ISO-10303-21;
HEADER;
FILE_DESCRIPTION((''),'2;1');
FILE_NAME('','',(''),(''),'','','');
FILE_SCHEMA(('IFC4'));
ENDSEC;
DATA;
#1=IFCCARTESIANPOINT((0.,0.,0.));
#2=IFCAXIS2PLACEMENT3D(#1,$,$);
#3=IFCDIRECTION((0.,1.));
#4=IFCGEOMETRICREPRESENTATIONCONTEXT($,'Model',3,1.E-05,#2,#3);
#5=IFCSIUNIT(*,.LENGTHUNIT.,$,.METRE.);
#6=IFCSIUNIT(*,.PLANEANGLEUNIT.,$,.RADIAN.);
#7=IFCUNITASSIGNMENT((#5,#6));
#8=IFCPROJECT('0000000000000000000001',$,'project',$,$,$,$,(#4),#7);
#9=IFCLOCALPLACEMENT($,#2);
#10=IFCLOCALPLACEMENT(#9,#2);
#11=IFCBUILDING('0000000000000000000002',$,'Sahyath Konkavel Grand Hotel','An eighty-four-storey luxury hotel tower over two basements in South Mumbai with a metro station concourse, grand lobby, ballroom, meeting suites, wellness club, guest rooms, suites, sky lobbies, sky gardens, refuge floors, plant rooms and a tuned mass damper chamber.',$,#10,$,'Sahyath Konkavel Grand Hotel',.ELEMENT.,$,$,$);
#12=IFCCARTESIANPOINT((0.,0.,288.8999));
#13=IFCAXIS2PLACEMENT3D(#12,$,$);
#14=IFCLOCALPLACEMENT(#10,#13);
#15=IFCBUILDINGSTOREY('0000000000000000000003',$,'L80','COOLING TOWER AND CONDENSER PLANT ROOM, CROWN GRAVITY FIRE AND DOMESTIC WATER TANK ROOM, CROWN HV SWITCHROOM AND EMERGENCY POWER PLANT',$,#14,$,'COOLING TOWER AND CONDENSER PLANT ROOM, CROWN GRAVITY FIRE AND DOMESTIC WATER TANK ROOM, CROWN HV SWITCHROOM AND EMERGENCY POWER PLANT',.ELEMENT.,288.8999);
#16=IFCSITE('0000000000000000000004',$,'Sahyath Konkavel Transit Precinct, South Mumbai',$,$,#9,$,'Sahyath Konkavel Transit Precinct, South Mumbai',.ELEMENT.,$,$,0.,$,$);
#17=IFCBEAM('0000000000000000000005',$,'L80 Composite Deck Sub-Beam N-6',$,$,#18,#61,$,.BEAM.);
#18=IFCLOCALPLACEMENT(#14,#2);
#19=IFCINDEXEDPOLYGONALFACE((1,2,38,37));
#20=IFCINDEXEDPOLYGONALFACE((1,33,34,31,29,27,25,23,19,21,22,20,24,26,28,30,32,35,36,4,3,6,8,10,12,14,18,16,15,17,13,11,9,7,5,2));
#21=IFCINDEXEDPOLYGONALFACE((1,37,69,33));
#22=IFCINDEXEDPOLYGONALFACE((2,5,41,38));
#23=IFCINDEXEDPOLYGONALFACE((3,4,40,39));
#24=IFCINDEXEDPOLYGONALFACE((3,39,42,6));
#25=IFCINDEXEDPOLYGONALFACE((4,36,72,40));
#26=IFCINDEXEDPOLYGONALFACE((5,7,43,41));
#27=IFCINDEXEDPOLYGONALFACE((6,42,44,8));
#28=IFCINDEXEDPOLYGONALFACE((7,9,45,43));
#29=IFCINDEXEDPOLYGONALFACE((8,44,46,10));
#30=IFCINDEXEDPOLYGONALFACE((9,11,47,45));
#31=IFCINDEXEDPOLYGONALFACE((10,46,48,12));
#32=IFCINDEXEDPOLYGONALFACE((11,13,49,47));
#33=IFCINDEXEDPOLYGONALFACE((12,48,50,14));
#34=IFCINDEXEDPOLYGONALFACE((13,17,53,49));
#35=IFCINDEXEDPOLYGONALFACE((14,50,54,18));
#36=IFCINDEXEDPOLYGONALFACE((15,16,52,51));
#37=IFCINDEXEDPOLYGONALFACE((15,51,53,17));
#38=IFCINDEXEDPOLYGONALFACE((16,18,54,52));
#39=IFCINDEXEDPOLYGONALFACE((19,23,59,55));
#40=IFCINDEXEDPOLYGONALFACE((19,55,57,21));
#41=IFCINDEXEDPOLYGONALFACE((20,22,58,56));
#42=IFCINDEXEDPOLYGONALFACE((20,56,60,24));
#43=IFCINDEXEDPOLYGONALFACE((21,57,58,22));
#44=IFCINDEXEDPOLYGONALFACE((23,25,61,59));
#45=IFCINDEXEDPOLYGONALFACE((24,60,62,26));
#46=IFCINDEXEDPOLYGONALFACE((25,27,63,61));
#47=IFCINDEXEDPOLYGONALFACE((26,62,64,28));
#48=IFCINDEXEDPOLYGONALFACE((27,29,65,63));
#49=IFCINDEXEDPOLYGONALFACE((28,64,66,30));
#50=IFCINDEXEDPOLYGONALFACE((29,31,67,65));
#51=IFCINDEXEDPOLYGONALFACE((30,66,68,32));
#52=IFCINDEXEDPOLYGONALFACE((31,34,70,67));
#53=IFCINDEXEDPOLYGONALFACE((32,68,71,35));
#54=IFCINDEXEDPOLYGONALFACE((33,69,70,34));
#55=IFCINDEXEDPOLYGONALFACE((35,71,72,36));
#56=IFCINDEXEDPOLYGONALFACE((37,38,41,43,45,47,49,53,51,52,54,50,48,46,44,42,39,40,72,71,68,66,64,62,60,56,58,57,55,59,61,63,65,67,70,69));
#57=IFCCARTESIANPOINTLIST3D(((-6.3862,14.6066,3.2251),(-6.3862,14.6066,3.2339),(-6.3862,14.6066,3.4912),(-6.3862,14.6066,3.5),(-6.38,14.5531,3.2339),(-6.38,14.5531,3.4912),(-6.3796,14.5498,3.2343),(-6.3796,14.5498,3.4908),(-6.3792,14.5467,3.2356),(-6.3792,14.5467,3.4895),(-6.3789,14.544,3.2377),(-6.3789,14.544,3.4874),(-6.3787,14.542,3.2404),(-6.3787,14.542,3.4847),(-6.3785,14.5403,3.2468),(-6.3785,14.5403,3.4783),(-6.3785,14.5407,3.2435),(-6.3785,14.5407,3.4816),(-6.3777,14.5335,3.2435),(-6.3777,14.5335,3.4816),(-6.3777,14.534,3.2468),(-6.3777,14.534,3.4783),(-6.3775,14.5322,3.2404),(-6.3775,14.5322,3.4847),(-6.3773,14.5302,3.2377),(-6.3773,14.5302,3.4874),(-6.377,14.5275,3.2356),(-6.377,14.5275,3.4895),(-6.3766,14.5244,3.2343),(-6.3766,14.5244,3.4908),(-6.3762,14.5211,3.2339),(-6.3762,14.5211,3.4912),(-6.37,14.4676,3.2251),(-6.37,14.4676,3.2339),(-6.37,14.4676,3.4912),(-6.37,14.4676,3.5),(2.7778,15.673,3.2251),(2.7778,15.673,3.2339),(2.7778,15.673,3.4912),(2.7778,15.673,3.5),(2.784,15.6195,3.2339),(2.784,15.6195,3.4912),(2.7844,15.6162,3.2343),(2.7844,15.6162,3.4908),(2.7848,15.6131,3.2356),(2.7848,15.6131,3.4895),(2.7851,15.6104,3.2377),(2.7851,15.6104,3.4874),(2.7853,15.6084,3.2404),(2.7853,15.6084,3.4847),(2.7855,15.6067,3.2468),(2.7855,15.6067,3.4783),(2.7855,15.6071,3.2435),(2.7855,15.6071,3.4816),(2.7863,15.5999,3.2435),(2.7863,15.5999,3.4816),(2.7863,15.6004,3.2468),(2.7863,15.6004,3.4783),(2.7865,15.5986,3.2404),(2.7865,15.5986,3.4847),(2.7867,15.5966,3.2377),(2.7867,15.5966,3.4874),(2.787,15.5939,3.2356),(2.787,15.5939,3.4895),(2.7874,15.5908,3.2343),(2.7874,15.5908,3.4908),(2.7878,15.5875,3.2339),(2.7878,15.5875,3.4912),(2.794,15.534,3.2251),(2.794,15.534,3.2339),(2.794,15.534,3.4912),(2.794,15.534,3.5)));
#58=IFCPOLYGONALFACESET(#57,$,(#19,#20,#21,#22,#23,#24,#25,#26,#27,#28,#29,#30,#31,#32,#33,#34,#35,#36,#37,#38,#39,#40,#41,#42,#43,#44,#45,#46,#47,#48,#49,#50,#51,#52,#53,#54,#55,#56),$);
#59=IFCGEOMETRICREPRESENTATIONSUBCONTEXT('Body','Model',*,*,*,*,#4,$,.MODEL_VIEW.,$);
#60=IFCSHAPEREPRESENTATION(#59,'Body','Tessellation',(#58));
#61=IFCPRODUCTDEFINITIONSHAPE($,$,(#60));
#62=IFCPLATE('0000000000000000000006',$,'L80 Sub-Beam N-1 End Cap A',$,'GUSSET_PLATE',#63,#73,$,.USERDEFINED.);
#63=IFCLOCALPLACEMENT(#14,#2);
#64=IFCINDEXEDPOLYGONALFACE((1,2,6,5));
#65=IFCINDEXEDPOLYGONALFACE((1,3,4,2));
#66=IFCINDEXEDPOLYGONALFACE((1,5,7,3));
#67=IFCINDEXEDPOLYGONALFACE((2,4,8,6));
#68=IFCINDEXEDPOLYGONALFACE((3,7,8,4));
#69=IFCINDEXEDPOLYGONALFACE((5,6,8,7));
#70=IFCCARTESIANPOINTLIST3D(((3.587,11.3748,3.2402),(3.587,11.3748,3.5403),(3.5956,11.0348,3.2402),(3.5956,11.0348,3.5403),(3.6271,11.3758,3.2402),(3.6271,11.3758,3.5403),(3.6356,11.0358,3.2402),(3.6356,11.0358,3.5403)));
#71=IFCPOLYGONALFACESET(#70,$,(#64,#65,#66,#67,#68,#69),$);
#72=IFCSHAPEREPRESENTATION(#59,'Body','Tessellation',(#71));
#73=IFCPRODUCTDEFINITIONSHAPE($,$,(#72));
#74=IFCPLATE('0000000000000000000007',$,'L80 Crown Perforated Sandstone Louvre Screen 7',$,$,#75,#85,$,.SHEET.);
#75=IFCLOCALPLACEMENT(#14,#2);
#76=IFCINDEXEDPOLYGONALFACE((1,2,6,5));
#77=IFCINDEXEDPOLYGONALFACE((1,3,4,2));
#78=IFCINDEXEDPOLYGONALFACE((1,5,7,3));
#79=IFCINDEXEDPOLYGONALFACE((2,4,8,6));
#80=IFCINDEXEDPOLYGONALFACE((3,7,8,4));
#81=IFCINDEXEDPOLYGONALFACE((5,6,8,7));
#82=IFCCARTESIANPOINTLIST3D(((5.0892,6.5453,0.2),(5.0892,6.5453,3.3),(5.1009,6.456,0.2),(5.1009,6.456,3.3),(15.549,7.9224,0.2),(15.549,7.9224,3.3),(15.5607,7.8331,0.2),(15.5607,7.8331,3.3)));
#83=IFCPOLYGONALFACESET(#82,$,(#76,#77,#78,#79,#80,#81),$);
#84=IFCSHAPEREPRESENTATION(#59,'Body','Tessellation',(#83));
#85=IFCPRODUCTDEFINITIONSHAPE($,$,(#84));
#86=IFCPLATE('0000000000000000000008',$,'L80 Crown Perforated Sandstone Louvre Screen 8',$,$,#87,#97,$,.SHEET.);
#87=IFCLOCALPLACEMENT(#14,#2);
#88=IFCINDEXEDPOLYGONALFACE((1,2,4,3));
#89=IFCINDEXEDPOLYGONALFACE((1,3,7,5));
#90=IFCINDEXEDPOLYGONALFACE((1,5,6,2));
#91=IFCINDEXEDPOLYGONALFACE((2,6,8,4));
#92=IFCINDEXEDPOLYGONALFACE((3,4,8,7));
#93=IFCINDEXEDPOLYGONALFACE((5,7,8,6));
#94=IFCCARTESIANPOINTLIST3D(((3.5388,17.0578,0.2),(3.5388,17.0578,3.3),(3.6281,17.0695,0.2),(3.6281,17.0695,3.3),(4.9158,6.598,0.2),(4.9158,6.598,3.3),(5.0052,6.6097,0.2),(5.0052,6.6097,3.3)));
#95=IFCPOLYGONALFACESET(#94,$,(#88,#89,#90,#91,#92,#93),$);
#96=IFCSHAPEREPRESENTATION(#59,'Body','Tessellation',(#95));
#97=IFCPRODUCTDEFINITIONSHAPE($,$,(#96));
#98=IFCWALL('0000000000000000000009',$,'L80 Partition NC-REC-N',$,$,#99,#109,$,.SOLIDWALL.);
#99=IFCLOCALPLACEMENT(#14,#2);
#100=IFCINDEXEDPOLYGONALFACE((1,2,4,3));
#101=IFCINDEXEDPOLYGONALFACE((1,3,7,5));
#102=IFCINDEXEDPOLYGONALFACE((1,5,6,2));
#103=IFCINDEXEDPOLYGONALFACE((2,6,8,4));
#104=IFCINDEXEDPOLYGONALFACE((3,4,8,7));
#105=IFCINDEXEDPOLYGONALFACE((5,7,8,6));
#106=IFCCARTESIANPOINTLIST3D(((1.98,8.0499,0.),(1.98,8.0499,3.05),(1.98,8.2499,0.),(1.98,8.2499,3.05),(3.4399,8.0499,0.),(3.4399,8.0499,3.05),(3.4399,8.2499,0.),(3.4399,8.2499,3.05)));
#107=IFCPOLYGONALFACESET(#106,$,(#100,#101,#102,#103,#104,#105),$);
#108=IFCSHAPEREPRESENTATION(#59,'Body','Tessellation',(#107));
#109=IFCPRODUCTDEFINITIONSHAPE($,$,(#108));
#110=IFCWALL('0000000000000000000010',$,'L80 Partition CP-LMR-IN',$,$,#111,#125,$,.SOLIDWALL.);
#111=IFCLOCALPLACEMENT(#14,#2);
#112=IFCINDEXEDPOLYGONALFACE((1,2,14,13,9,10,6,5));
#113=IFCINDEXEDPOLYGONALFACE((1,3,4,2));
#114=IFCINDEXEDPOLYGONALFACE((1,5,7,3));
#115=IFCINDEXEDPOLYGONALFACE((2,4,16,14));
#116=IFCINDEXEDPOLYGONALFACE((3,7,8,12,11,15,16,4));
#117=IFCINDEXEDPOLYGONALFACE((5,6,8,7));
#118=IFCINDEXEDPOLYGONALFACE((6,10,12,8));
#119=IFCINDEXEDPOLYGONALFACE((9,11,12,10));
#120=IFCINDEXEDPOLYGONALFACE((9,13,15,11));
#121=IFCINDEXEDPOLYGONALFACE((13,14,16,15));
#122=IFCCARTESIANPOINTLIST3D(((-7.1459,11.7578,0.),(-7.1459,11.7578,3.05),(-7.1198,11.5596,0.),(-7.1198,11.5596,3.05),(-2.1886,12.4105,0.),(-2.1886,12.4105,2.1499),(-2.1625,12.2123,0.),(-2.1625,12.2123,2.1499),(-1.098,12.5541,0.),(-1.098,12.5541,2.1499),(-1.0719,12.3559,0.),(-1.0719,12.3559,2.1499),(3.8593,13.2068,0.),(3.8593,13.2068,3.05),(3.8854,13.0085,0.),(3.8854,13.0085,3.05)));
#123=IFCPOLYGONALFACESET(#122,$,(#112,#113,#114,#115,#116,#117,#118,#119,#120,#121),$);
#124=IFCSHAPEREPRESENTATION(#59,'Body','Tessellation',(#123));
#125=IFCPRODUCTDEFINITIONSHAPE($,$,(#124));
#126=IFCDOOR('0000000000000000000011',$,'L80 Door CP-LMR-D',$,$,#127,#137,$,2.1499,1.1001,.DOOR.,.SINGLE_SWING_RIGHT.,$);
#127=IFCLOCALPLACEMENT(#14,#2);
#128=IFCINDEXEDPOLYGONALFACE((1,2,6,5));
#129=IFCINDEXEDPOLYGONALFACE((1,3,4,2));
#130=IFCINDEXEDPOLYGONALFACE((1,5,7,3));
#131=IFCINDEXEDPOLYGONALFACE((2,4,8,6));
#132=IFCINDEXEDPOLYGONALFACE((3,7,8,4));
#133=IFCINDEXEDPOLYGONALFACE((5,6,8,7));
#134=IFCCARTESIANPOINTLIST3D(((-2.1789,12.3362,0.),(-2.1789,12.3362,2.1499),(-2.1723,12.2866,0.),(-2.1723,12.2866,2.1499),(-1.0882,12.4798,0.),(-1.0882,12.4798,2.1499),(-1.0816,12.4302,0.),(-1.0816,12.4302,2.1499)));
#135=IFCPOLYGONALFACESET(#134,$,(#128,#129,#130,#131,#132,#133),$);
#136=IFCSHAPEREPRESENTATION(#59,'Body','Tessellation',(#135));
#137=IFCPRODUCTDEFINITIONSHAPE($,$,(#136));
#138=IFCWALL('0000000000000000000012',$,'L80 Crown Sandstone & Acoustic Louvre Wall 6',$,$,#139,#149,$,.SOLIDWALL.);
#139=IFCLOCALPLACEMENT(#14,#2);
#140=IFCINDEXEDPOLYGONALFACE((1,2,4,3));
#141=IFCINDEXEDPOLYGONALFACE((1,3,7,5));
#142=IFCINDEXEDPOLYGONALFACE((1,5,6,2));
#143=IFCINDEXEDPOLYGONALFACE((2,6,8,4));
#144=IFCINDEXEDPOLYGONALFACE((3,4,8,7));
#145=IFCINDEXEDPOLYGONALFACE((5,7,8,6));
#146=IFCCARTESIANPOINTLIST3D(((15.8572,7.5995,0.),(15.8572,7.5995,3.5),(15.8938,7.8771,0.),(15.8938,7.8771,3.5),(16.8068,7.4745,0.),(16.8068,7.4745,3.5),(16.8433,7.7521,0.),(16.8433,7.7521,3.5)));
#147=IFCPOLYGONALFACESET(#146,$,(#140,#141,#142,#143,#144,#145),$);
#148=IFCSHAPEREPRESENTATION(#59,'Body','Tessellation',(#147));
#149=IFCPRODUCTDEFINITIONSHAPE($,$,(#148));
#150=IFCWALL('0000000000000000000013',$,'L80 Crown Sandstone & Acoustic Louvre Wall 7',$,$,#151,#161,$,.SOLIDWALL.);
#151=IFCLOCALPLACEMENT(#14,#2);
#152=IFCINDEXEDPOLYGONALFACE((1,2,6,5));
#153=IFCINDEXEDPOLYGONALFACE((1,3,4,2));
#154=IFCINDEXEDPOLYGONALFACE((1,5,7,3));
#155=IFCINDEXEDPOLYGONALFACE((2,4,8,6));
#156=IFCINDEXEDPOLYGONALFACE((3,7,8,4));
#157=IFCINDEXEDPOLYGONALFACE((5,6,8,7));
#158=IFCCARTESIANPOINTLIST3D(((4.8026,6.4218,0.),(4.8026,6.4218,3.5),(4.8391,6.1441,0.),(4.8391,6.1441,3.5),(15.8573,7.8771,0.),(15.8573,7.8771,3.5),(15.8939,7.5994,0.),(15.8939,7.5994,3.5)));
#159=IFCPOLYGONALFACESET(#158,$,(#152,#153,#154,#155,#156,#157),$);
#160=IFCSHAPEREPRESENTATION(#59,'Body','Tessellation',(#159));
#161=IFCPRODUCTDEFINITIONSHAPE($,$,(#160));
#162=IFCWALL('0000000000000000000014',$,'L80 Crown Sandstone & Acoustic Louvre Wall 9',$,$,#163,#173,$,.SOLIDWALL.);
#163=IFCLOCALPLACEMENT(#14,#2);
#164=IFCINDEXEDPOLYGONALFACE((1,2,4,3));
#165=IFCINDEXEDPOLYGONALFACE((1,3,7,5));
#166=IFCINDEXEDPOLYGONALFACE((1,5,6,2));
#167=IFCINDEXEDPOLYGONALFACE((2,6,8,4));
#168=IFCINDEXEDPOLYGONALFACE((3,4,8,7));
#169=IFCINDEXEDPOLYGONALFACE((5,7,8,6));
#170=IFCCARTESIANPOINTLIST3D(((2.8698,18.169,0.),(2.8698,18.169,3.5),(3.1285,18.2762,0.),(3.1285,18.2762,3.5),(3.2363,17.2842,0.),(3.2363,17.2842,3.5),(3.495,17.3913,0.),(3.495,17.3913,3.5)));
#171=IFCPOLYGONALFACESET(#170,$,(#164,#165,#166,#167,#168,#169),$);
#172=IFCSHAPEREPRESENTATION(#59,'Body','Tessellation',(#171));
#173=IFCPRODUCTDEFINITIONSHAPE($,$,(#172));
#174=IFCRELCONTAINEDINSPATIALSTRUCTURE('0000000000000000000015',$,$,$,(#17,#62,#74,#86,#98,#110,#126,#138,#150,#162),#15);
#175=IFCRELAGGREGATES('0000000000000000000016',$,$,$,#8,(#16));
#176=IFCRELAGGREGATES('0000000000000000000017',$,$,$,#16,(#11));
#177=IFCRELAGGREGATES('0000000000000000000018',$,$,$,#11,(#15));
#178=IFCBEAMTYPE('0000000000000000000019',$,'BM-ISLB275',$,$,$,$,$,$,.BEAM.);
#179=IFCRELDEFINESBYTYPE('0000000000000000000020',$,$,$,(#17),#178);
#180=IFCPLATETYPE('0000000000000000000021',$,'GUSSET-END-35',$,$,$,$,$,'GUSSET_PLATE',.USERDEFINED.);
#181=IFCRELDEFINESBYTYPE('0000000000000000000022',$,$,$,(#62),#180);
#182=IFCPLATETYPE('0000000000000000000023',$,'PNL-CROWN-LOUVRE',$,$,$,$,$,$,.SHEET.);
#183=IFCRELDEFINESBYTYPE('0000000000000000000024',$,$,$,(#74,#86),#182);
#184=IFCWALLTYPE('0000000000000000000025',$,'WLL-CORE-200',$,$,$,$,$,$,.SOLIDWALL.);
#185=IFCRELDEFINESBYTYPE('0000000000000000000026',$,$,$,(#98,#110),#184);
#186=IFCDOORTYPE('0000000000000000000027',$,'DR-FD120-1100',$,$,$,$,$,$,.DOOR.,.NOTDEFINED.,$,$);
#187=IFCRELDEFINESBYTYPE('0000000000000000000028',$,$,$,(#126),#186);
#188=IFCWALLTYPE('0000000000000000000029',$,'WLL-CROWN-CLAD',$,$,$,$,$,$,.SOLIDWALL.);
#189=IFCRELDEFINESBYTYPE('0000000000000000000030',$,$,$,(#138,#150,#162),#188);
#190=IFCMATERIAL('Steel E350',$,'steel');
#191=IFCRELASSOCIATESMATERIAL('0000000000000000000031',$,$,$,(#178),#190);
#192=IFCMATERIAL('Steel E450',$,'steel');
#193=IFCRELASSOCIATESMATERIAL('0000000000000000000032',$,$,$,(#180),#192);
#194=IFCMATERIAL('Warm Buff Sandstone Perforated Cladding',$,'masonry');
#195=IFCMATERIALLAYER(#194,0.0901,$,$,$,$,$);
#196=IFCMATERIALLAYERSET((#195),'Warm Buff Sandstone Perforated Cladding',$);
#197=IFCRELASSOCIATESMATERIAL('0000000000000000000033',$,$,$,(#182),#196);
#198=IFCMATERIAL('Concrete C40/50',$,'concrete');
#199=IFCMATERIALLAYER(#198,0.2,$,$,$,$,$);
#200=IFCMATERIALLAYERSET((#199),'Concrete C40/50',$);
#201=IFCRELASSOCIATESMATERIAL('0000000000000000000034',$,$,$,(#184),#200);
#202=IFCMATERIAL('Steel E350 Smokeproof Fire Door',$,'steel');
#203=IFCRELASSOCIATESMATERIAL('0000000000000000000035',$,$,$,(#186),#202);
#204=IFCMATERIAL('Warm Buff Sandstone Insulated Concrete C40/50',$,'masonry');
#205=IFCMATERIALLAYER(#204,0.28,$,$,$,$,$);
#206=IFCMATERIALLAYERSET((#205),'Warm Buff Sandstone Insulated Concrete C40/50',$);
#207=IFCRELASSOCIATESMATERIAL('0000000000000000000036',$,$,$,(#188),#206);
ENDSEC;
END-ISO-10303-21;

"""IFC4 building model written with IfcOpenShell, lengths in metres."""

from ifc_helpers import new_model, si_unit, direction, frame, frame_2d, origin, origin_2d, place, context, subcontext, project, spatial, rectangle, i_section, extrude, source, transform, mapped, material, layer, layer_set, material_profile, profile_set, type_object, element, fill, save


model = new_model("IFC4")

# Units and contexts
model_context = context("Model", 3, precision=1e-05, world=origin(), true_north=direction((0.0, 1.0)))
body_context = subcontext(model_context, "Body", "Model", "MODEL_VIEW")
ifc_project = project(units=[si_unit("LENGTHUNIT", "METRE"), si_unit("PLANEANGLEUNIT", "RADIAN")], contexts=[model_context])

# Site, building, storey
site_placement = place(None, origin())
site = spatial("IfcSite", under=ifc_project, at=site_placement, Name="Sahyath Konkavel Transit Precinct, South Mumbai", LongName="Sahyath Konkavel Transit Precinct, South Mumbai", CompositionType="ELEMENT", RefElevation=0.0)
building_placement = place(site_placement, origin())
building = spatial("IfcBuilding", under=site, at=building_placement, Name="Sahyath Konkavel Grand Hotel", Description="An eighty-four-storey luxury hotel tower over two basements in South Mumbai with a metro station concourse, grand lobby, ballroom, meeting suites, wellness club, guest rooms, suites, sky lobbies, sky gardens, refuge floors, plant rooms and a tuned mass damper chamber.", LongName="Sahyath Konkavel Grand Hotel", CompositionType="ELEMENT")
storey_placement = place(building_placement, frame((0.0, 0.0, 288.8999)))
storey = spatial("IfcBuildingStorey", under=building, at=storey_placement, Name="L80", Description="COOLING TOWER AND CONDENSER PLANT ROOM, CROWN GRAVITY FIRE AND DOMESTIC WATER TANK ROOM, CROWN HV SWITCHROOM AND EMERGENCY POWER PLANT", LongName="COOLING TOWER AND CONDENSER PLANT ROOM, CROWN GRAVITY FIRE AND DOMESTIC WATER TANK ROOM, CROWN HV SWITCHROOM AND EMERGENCY POWER PLANT", CompositionType="ELEMENT", Elevation=288.8999)

# Shared definitions
ifc_material_1 = material(Name="Concrete C40/50", Category="concrete")

# Beam
ifc_material_2 = material(Name="Steel E350", Category="steel")
ifc_material_profile_1 = material_profile(ifc_material_2, i_section(OverallWidth=0.1399, OverallDepth=0.2749, WebThickness=0.0063, FlangeThickness=0.0088, FilletRadius=0.0129, at=origin_2d()), Name="ISLB 275")
ifc_profile_set_1 = profile_set([ifc_material_profile_1], Name="Steel E350")
beam_type_1 = type_object("IfcBeamType", Name="BM-ISLB275", PredefinedType="BEAM", material=ifc_profile_set_1)
shared_shape_1 = source(origin(), body_context, "Body", "SweptSolid", [
    extrude(i_section(OverallWidth=0.1399, OverallDepth=0.2749, WebThickness=0.0063, FlangeThickness=0.0088, FilletRadius=0.0129, at=origin_2d()), origin(), (0.0, 0.0, 1.0), 9.2258),
])
beam_1_placement = place(storey_placement, frame((2.7859, 15.6035, 3.3625), z_axis=(-0.993297, -0.115588, 0.0), x_axis=(0.115588, -0.993297, 0.0)))
element("IfcBeam", 1, at=beam_1_placement, inside=storey, type_object=beam_type_1, Name="L80 Composite Deck Sub-Beam N-6", PredefinedType="BEAM", context=body_context, shape_type="MappedRepresentation", body=[
    mapped(shared_shape_1, transform((0.0, 0.0, 0.0), scale=1.0)),
])

# Plates
ifc_material_3 = material(Name="Steel E450", Category="steel")
plate_type_1 = type_object("IfcPlateType", Name="GUSSET-END-35", ElementType="GUSSET_PLATE", PredefinedType="USERDEFINED", material=ifc_material_3)
shared_shape_2 = source(origin(), body_context, "Body", "SweptSolid", [
    extrude(rectangle(XDim=0.04, YDim=0.3401, at=origin_2d()), origin(), (0.0, 0.0, 1.0), 0.3),
])
plate_placement = place(storey_placement, frame((3.6113, 11.2053, 3.2402), z_axis=(0.0, 0.0, 1.0), x_axis=(-0.999684, -0.02513, 0.0)))
element("IfcPlate", 2, at=plate_placement, inside=storey, type_object=plate_type_1, Name="L80 Sub-Beam N-1 End Cap A", ObjectType="GUSSET_PLATE", PredefinedType="USERDEFINED", context=body_context, shape_type="MappedRepresentation", body=[
    mapped(shared_shape_2, transform((0.0, 0.0, 0.0), scale=1.0)),
])
ifc_material_4 = material(Name="Warm Buff Sandstone Perforated Cladding", Category="masonry")
ifc_layer_1 = layer(ifc_material_4, 0.0901)
ifc_layer_set_1 = layer_set([ifc_layer_1], Name="Warm Buff Sandstone Perforated Cladding")
plate_type_2 = type_object("IfcPlateType", Name="PNL-CROWN-LOUVRE", PredefinedType="SHEET", material=ifc_layer_set_1)
shared_shape_3 = source(origin(), body_context, "Body", "SweptSolid", [
    extrude(rectangle(XDim=10.55, YDim=0.0901, at=origin_2d()), origin(), (0.0, 0.0, 1.0), 3.1001),
])
for number, where, z_axis, x_axis, name in (
    (3, (10.325, 7.1892, 0.2), (0.0, 0.0, 1.0), (-0.991445, -0.130526, 0.0), "L80 Crown Perforated Sandstone Louvre Screen 7"),
    (4, (4.272, 11.8337, 0.2), (0.0, 0.0, 1.0), (-0.130526, 0.991445, 0.0), "L80 Crown Perforated Sandstone Louvre Screen 8"),
):
    element("IfcPlate", number, at=place(storey_placement, frame(where, z_axis=z_axis, x_axis=x_axis)), inside=storey, type_object=plate_type_2, Name=name, PredefinedType="SHEET", context=body_context, shape_type="MappedRepresentation", body=[
        mapped(shared_shape_3, transform((0.0, 0.0, 0.0), scale=1.0)),
    ])

# Wall
ifc_layer_2 = layer(ifc_material_1, 0.2)
ifc_layer_set_2 = layer_set([ifc_layer_2], Name="Concrete C40/50")
wall_type_1 = type_object("IfcWallType", Name="WLL-CORE-200", PredefinedType="SOLIDWALL", material=ifc_layer_set_2)
wall_1_placement = place(storey_placement, frame((1.98, 8.1499, 0.0), z_axis=(0.0, 0.0, 1.0), x_axis=(1.0, 0.0, 0.0)))
element("IfcWall", 5, at=wall_1_placement, inside=storey, type_object=wall_type_1, Name="L80 Partition NC-REC-N", PredefinedType="SOLIDWALL", context=body_context, shape_type="SweptSolid", body=[
    extrude(rectangle(XDim=1.46, YDim=0.2, at=frame_2d((0.73, 0.0))), origin(), (0.0, 0.0, 1.0), 3.05),
])

# Wall, opening, door
wall_2_placement = place(storey_placement, frame((3.8723, 13.1077, 0.0), z_axis=(0.0, 0.0, 1.0), x_axis=(-0.991443, -0.130537, 0.0)))
wall_2 = element("IfcWall", 6, at=wall_2_placement, inside=storey, type_object=wall_type_1, Name="L80 Partition CP-LMR-IN", PredefinedType="SOLIDWALL", context=body_context, shape_type="SweptSolid", body=[
    extrude(rectangle(XDim=11.1001, YDim=0.2, at=frame_2d((5.55, 0.0))), origin(), (0.0, 0.0, 1.0), 3.05),
])
opening_placement = place(wall_2_placement, frame((5.0, 0.0, 0.0)))
opening = element("IfcOpeningElement", 7, at=opening_placement, cuts=wall_2, PredefinedType="OPENING", context=body_context, shape_type="SweptSolid", body=[
    extrude(rectangle(XDim=1.1001, YDim=2.1499, at=frame_2d((0.55, 1.075))), frame((0.0, 0.1099, 0.0), z_axis=(0.0, -1.0, 0.0), x_axis=(1.0, 0.0, 0.0)), (0.0, 0.0, 1.0), 0.22),
])
ifc_material_5 = material(Name="Steel E350 Smokeproof Fire Door", Category="steel")
door_type = type_object("IfcDoorType", Name="DR-FD120-1100", OperationType="NOTDEFINED", PredefinedType="DOOR", material=ifc_material_5)
shared_shape_4 = source(origin(), body_context, "Body", "SweptSolid", [
    extrude(rectangle(XDim=1.1001, YDim=0.05, at=origin_2d()), origin(), (0.0, 0.0, 1.0), 2.1499),
])
door_placement = place(opening_placement, frame((0.55, 0.0, 0.0)))
door = element("IfcDoor", 8, at=door_placement, inside=storey, type_object=door_type, Name="L80 Door CP-LMR-D", OperationType="SINGLE_SWING_RIGHT", OverallHeight=2.1499, OverallWidth=1.1001, PredefinedType="DOOR", context=body_context, shape_type="MappedRepresentation", body=[
    mapped(shared_shape_4, transform((0.0, 0.0, 0.0), scale=1.0)),
])
fill(opening, door)

# Walls
ifc_material_6 = material(Name="Warm Buff Sandstone Insulated Concrete C40/50", Category="masonry")
ifc_layer_3 = layer(ifc_material_6, 0.28)
ifc_layer_set_3 = layer_set([ifc_layer_3], Name="Warm Buff Sandstone Insulated Concrete C40/50")
wall_type_2 = type_object("IfcWallType", Name="WLL-CROWN-CLAD", PredefinedType="SOLIDWALL", material=ifc_layer_set_3)
wall_3_placement = place(storey_placement, frame((16.8252, 7.6133, 0.0), z_axis=(0.0, 0.0, 1.0), x_axis=(-0.991445, 0.130527, 0.0)))
element("IfcWall", 9, at=wall_3_placement, inside=storey, type_object=wall_type_2, Name="L80 Crown Sandstone & Acoustic Louvre Wall 6", PredefinedType="SOLIDWALL", context=body_context, shape_type="SweptSolid", body=[
    extrude(rectangle(XDim=0.9578, YDim=0.28, at=frame_2d((0.479, 0.0))), origin(), (0.0, 0.0, 1.0), 3.5),
])
wall_4_placement = place(storey_placement, frame((15.8757, 7.7383, 0.0), z_axis=(0.0, 0.0, 1.0), x_axis=(-0.991445, -0.130521, 0.0)))
element("IfcWall", 10, at=wall_4_placement, inside=storey, type_object=wall_type_2, Name="L80 Crown Sandstone & Acoustic Louvre Wall 7", PredefinedType="SOLIDWALL", context=body_context, shape_type="SweptSolid", body=[
    extrude(rectangle(XDim=11.1501, YDim=0.28, at=frame_2d((5.5752, 0.0))), origin(), (0.0, 0.0, 1.0), 3.5),
])
for number, where, z_axis, x_axis, name in (
    (11, (3.3657, 17.3376, 0.0), (0.0, 0.0, 1.0), (-0.38266, 0.923889, 0.0), "L80 Crown Sandstone & Acoustic Louvre Wall 9"),
):
    element("IfcWall", number, at=place(storey_placement, frame(where, z_axis=z_axis, x_axis=x_axis)), inside=storey, type_object=wall_type_2, Name=name, PredefinedType="SOLIDWALL", context=body_context, shape_type="SweptSolid", body=[
        extrude(rectangle(XDim=0.9578, YDim=0.28, at=frame_2d((0.479, 0.0))), origin(), (0.0, 0.0, 1.0), 3.5),
    ])

save(model, "model.ifc")
